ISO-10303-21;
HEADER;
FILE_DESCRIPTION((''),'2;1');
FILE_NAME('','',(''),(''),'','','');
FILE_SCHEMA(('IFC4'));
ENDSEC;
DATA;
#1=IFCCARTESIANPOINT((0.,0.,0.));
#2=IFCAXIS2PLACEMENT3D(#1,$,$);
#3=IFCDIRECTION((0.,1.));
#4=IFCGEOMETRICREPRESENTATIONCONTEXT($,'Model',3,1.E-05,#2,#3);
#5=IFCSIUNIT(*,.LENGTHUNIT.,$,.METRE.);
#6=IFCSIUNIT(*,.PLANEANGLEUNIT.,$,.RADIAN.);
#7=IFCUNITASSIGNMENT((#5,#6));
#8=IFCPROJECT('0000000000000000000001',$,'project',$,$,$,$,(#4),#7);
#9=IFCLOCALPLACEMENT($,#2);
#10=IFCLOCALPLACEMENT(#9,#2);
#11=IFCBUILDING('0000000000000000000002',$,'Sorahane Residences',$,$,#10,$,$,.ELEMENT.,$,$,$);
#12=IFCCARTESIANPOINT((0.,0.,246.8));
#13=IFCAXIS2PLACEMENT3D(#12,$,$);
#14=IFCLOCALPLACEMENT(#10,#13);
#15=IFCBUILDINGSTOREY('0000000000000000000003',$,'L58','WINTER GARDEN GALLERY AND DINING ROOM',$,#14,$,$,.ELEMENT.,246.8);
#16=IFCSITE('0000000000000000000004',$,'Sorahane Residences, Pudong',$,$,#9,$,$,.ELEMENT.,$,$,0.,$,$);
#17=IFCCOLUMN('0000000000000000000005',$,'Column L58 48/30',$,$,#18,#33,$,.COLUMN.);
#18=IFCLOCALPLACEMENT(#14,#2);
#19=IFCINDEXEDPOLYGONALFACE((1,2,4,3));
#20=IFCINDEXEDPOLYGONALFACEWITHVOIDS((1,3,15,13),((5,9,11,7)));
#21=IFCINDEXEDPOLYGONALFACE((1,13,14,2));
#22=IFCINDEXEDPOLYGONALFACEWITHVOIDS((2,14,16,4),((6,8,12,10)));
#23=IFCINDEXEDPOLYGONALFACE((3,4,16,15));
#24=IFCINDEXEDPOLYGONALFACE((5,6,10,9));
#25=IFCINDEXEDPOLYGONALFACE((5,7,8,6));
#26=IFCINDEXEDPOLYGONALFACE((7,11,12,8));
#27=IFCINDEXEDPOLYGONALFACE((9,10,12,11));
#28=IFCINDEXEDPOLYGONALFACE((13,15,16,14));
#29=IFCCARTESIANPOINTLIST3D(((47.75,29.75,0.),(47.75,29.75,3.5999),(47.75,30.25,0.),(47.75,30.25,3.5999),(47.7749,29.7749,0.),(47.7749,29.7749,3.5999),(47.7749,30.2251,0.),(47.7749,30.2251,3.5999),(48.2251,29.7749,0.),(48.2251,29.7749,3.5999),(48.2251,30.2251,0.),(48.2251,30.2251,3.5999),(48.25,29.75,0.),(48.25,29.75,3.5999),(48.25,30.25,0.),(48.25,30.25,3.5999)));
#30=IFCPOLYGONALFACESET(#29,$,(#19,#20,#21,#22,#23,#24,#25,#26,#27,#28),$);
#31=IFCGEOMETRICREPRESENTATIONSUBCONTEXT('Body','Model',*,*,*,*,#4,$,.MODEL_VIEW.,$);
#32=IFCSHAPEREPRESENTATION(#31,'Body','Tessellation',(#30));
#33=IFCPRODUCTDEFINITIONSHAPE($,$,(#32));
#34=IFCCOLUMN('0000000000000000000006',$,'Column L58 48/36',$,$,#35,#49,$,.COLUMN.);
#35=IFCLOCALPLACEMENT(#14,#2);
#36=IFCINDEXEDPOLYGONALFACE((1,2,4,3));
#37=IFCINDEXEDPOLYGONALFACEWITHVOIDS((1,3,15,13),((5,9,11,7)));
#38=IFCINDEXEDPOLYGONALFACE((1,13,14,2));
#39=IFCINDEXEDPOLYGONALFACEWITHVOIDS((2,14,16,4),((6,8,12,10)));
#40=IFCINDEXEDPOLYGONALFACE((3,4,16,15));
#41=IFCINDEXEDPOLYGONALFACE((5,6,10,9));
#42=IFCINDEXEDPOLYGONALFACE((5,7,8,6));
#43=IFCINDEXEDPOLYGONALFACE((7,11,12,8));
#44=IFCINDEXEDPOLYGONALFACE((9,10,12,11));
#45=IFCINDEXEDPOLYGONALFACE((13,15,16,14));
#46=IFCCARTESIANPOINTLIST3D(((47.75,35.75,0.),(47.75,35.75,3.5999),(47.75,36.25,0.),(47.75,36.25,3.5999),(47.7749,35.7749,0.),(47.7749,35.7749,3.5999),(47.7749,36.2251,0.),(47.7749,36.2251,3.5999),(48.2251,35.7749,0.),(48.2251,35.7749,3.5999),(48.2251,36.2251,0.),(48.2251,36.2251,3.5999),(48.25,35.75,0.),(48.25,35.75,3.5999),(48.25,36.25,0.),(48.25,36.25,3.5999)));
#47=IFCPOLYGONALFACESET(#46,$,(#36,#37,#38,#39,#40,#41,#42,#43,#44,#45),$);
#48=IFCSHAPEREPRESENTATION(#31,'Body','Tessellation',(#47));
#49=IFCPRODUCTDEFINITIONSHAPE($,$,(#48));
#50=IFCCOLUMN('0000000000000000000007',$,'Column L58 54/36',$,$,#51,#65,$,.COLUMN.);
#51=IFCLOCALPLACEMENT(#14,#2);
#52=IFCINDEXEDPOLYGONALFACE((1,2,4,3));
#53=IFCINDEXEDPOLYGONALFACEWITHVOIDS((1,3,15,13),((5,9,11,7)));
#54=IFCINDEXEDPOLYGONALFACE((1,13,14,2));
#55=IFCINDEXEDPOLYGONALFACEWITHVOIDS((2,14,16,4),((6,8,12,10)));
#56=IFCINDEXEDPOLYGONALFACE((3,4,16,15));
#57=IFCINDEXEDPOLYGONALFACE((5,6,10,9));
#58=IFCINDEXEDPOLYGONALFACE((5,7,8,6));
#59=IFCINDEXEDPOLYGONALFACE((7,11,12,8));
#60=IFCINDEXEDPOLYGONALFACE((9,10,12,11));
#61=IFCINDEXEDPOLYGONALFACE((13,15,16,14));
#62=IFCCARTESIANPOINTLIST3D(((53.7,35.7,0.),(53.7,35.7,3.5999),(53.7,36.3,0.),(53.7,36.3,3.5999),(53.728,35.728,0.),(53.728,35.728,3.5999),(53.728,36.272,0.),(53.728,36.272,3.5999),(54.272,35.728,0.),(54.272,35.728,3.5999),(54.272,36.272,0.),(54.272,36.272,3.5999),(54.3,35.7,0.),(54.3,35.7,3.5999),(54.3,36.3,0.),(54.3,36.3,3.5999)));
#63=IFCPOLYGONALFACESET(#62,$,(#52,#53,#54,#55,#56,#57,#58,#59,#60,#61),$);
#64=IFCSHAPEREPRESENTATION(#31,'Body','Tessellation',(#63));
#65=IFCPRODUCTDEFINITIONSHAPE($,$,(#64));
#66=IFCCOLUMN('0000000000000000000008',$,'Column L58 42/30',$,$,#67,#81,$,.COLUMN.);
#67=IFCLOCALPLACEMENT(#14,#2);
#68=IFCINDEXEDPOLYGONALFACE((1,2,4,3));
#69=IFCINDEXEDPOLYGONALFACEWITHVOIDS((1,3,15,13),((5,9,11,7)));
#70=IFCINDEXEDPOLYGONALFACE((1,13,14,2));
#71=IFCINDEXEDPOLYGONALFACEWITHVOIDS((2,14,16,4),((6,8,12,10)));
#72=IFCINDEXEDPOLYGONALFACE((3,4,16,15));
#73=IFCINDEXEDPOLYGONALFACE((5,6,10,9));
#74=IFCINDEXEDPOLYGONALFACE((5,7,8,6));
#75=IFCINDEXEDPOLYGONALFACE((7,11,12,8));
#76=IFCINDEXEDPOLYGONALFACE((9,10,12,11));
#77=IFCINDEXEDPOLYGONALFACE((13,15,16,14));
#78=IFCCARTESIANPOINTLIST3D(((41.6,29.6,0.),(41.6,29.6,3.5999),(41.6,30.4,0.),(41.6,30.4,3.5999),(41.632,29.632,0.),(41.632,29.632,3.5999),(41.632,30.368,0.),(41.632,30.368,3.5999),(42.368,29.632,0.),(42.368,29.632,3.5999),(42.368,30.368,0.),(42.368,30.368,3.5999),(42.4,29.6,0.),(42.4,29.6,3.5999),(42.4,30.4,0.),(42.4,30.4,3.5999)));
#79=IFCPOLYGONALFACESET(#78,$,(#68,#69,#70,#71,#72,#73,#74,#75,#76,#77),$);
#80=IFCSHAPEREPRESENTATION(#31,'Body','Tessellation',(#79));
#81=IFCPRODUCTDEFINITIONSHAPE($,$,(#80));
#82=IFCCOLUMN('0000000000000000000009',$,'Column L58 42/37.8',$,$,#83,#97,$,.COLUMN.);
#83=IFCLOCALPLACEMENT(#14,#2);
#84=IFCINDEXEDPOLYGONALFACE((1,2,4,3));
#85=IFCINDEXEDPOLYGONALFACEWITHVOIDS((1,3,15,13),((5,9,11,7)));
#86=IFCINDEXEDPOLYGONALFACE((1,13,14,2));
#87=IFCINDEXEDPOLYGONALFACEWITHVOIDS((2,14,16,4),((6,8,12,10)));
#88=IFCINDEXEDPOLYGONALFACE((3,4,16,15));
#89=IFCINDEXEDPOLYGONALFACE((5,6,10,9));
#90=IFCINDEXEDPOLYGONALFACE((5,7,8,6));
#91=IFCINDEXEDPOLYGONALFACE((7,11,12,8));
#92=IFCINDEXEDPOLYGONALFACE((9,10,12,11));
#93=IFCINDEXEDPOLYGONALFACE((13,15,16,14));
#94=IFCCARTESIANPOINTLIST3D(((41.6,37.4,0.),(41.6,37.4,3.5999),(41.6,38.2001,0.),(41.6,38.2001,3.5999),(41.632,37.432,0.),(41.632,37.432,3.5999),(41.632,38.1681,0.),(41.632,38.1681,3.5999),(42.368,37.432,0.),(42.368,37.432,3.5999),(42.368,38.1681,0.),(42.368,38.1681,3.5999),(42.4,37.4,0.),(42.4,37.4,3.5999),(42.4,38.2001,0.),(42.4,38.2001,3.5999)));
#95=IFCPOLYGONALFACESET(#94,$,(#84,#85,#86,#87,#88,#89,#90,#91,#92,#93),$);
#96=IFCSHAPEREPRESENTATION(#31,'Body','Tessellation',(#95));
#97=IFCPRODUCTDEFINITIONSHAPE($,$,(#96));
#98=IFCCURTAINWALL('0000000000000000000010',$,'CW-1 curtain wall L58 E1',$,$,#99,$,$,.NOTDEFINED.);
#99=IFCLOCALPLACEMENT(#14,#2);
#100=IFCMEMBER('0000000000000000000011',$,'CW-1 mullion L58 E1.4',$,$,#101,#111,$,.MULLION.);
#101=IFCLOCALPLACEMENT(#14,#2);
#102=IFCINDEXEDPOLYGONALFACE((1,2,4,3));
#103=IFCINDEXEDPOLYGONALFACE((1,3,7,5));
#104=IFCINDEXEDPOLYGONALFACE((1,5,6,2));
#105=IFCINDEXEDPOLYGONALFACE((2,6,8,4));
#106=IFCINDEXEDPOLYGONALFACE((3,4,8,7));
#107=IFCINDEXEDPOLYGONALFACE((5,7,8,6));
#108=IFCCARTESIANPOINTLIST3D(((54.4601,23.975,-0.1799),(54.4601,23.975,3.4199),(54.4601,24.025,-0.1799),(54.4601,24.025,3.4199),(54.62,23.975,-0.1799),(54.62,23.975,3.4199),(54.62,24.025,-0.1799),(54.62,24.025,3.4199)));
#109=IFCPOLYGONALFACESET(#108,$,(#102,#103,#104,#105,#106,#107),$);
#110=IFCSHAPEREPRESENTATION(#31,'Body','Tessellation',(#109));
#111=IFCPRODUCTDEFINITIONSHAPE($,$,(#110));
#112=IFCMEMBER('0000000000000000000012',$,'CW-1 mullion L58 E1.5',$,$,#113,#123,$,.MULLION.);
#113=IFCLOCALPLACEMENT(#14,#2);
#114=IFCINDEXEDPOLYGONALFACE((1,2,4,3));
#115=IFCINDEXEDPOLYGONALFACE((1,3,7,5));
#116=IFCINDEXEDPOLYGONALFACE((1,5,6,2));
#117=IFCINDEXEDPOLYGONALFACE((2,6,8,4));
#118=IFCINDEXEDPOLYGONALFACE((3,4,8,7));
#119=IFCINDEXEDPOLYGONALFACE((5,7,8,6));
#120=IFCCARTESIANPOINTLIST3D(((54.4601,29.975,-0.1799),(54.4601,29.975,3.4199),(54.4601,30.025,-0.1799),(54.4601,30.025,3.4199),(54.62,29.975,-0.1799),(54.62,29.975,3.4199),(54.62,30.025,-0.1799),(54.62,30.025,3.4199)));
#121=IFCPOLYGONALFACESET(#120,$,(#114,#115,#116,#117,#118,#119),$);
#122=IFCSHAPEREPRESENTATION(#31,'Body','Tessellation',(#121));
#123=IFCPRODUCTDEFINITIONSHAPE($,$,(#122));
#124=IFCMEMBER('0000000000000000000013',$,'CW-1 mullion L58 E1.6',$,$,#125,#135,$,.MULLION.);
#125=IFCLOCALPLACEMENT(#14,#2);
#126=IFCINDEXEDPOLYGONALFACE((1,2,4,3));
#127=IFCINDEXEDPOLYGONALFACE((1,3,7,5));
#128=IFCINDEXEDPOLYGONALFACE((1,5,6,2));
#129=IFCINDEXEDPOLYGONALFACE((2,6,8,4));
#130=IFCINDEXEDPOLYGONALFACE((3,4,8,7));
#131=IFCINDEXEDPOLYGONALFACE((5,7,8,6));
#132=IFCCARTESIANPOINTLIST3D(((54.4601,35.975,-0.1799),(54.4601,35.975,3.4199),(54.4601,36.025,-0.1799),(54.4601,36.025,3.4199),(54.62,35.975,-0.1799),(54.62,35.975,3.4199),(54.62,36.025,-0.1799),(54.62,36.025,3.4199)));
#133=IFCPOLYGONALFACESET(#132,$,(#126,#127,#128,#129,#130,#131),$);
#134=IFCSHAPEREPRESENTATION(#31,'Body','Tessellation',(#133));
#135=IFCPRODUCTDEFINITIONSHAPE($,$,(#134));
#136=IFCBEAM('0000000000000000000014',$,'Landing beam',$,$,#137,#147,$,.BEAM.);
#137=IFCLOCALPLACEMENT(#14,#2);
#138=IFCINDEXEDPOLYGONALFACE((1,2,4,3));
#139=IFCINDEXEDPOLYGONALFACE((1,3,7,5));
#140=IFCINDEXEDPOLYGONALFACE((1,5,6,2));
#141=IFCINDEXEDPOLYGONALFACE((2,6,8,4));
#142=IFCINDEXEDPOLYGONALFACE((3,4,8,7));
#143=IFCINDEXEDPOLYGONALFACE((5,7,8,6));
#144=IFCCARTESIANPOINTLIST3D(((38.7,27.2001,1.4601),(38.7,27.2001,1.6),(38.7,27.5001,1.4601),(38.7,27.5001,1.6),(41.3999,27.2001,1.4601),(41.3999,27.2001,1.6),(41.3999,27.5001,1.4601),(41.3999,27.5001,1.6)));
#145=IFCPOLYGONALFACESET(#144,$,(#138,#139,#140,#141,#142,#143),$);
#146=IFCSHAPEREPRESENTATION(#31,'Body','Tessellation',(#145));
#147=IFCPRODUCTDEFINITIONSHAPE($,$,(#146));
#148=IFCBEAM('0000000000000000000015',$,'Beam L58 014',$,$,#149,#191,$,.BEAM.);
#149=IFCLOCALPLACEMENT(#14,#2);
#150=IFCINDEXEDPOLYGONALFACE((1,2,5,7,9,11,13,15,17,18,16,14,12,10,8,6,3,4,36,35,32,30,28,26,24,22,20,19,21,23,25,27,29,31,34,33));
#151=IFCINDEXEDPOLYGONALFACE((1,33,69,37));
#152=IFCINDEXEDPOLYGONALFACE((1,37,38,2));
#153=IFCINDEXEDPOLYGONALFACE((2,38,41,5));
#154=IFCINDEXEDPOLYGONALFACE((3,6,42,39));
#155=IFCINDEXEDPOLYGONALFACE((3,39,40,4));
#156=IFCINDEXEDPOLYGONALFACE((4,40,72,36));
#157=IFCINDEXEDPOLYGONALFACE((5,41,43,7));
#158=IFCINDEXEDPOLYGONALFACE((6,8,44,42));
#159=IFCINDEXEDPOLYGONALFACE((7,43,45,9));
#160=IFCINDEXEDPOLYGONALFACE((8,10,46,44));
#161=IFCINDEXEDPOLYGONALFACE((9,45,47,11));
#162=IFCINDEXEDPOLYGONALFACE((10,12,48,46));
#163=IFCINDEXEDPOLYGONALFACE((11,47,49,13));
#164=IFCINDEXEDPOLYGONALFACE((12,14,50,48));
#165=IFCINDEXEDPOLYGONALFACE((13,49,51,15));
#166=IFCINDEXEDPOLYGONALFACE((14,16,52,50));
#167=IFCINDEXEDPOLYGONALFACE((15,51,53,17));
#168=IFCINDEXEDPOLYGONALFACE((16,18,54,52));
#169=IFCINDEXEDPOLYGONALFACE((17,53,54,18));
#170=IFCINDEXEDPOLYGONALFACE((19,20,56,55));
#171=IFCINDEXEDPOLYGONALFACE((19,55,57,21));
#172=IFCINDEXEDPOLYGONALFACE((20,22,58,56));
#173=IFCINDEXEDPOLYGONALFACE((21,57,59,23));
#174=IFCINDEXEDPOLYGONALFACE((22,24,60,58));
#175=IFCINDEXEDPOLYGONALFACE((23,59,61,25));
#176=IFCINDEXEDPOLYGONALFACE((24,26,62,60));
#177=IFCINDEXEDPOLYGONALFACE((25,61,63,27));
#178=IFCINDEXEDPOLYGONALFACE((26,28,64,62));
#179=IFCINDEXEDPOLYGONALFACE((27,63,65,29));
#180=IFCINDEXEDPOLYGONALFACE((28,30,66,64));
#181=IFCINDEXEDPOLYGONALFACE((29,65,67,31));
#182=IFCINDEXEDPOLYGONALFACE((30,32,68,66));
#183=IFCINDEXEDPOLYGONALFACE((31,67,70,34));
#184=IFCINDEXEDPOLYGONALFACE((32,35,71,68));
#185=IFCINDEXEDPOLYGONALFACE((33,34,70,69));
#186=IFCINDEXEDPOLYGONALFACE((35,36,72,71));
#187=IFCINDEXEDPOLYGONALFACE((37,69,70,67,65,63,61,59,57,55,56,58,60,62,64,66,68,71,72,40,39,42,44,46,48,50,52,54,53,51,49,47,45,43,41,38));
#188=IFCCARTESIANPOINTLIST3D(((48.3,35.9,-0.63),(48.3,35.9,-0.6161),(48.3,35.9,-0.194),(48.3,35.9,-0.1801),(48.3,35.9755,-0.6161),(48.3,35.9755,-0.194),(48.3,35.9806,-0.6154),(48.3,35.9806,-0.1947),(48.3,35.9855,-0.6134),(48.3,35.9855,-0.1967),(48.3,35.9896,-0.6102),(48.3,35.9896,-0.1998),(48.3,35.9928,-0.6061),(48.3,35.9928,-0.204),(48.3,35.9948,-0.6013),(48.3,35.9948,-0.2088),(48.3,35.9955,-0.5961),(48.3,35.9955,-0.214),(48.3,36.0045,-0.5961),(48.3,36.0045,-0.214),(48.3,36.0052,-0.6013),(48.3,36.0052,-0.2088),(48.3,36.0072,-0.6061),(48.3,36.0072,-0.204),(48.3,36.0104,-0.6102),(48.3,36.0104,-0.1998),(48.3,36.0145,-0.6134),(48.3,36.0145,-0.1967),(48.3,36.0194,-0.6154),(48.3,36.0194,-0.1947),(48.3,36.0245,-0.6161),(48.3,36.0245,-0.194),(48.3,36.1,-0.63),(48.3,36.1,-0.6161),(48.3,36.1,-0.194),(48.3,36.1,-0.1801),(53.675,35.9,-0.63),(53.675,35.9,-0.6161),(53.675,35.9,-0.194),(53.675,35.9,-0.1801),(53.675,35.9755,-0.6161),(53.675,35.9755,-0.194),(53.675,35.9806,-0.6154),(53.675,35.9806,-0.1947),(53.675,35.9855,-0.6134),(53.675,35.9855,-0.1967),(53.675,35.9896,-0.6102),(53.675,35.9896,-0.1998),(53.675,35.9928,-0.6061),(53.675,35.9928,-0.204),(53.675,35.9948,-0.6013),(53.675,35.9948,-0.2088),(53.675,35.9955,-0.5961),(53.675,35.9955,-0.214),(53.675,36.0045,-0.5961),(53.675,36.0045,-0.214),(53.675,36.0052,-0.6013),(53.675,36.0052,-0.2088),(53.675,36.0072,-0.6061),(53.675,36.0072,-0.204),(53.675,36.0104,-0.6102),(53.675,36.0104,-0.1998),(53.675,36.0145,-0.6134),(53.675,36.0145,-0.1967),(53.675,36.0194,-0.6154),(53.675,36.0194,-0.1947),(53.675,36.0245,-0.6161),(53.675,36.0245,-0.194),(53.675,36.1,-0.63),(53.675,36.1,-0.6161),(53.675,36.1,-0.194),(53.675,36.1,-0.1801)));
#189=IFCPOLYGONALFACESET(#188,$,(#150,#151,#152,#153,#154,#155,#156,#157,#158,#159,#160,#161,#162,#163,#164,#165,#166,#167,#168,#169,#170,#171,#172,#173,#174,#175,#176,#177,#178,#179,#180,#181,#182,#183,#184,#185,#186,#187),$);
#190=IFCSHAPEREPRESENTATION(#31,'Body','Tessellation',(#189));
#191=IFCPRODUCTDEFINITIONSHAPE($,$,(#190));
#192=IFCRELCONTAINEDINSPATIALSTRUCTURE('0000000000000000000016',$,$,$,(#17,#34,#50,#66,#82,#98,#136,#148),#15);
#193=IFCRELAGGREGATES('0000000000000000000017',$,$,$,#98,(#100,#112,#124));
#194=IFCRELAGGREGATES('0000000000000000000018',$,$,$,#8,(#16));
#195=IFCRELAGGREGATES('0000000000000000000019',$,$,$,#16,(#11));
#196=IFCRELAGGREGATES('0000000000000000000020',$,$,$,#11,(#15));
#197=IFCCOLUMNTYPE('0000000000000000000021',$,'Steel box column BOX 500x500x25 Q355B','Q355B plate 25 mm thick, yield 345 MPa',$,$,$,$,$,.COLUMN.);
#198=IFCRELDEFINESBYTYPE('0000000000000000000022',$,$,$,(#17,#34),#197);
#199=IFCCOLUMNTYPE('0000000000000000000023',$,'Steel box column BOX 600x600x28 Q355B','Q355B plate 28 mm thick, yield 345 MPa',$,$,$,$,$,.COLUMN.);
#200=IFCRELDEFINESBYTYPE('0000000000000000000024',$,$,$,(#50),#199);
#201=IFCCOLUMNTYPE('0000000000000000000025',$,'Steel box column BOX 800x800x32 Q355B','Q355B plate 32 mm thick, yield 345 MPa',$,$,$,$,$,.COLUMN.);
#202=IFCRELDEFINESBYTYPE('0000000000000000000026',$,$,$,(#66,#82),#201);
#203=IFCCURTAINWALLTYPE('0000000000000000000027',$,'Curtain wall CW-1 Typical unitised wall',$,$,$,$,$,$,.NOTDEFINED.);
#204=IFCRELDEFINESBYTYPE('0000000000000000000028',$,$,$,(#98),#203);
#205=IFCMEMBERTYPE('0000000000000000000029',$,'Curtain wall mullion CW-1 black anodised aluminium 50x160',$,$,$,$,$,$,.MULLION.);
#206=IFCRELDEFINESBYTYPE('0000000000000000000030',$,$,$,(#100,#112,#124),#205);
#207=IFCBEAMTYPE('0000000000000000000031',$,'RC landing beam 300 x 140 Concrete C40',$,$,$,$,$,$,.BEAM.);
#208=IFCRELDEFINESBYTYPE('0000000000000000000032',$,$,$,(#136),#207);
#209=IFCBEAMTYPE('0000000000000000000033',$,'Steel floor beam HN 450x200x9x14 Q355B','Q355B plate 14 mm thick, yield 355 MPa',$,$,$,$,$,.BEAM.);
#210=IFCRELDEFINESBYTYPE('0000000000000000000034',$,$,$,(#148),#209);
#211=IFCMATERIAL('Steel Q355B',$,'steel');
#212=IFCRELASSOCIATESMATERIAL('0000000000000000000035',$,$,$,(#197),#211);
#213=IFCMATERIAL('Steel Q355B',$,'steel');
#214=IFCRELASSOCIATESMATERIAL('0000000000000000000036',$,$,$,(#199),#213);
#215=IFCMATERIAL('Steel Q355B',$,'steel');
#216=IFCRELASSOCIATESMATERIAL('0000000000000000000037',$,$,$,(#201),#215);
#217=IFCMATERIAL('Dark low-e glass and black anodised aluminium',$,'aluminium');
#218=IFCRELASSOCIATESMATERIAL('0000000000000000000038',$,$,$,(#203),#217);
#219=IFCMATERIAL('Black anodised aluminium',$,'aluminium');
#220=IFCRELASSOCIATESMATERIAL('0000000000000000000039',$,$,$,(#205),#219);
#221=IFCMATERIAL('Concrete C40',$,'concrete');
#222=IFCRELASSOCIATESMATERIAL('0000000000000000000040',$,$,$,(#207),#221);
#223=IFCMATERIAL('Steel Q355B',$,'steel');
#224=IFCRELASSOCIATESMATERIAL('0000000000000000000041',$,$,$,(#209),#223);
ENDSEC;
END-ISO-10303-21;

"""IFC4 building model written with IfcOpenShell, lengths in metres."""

from ifc_helpers import new_model, si_unit, direction, frame, origin, origin_2d, place, context, subcontext, project, spatial, rectangle, hollow_rectangle, i_section, extrude, material, material_profile, profile_set, type_object, element, aggregate, save


model = new_model("IFC4")

# Units and contexts
model_context = context("Model", 3, precision=1e-05, world=origin(), true_north=direction((0.0, 1.0)))
body_context = subcontext(model_context, "Body", "Model", "MODEL_VIEW")
ifc_project = project(units=[si_unit("LENGTHUNIT", "METRE"), si_unit("PLANEANGLEUNIT", "RADIAN")], contexts=[model_context])

# Site, building, storey
site_placement = place(None, origin())
site = spatial("IfcSite", under=ifc_project, at=site_placement, Name="Sorahane Residences, Pudong", CompositionType="ELEMENT", RefElevation=0.0)
building_placement = place(site_placement, origin())
building = spatial("IfcBuilding", under=site, at=building_placement, Name="Sorahane Residences", CompositionType="ELEMENT")
storey_placement = place(building_placement, frame((0.0, 0.0, 246.8)))
storey = spatial("IfcBuildingStorey", under=building, at=storey_placement, Name="L58", Description="WINTER GARDEN GALLERY AND DINING ROOM", CompositionType="ELEMENT", Elevation=246.8)

# Columns
ifc_material_1 = material(Name="Steel Q355B", Category="steel")
ifc_material_profile_1 = material_profile(ifc_material_1, hollow_rectangle(XDim=0.5, YDim=0.5, WallThickness=0.0249, at=origin_2d()), Name="BOX 500x500x25")
ifc_profile_set_1 = profile_set([ifc_material_profile_1], Name="Steel Q355B")
column_type_1 = type_object("IfcColumnType", Name="Steel box column BOX 500x500x25 Q355B", Description="Q355B plate 25 mm thick, yield 345 MPa", PredefinedType="COLUMN", material=ifc_profile_set_1)
for number, where, z_axis, x_axis, name in (
    (1, (48.0, 30.0, 0.0), (0.0, 0.0, 1.0), (1.0, 0.0, 0.0), "Column L58 48/30"),
    (2, (48.0, 36.0, 0.0), (0.0, 0.0, 1.0), (1.0, 0.0, 0.0), "Column L58 48/36"),
):
    element("IfcColumn", number, at=place(storey_placement, frame(where, z_axis=z_axis, x_axis=x_axis)), inside=storey, type_object=column_type_1, Name=name, PredefinedType="COLUMN", context=body_context, shape_type="SweptSolid", body=[
        extrude(hollow_rectangle(XDim=0.5, YDim=0.5, WallThickness=0.0249, at=origin_2d()), origin(), (0.0, 0.0, 1.0), 3.5999),
    ])
ifc_material_2 = material(Name="Steel Q355B", Category="steel")
ifc_material_profile_2 = material_profile(ifc_material_2, hollow_rectangle(XDim=0.6001, YDim=0.6001, WallThickness=0.0281, at=origin_2d()), Name="BOX 600x600x28")
ifc_profile_set_2 = profile_set([ifc_material_profile_2], Name="Steel Q355B")
column_type_2 = type_object("IfcColumnType", Name="Steel box column BOX 600x600x28 Q355B", Description="Q355B plate 28 mm thick, yield 345 MPa", PredefinedType="COLUMN", material=ifc_profile_set_2)
column_placement = place(storey_placement, frame((54.0, 36.0, 0.0), z_axis=(0.0, 0.0, 1.0), x_axis=(1.0, 0.0, 0.0)))
element("IfcColumn", 3, at=column_placement, inside=storey, type_object=column_type_2, Name="Column L58 54/36", PredefinedType="COLUMN", context=body_context, shape_type="SweptSolid", body=[
    extrude(hollow_rectangle(XDim=0.6001, YDim=0.6001, WallThickness=0.0281, at=origin_2d()), origin(), (0.0, 0.0, 1.0), 3.5999),
])
ifc_material_3 = material(Name="Steel Q355B", Category="steel")
ifc_material_profile_3 = material_profile(ifc_material_3, hollow_rectangle(XDim=0.8, YDim=0.8, WallThickness=0.032, at=origin_2d()), Name="BOX 800x800x32")
ifc_profile_set_3 = profile_set([ifc_material_profile_3], Name="Steel Q355B")
column_type_3 = type_object("IfcColumnType", Name="Steel box column BOX 800x800x32 Q355B", Description="Q355B plate 32 mm thick, yield 345 MPa", PredefinedType="COLUMN", material=ifc_profile_set_3)
for number, where, z_axis, x_axis, name in (
    (4, (42.0, 30.0, 0.0), (0.0, 0.0, 1.0), (1.0, 0.0, 0.0), "Column L58 42/30"),
    (5, (42.0, 37.8, 0.0), (0.0, 0.0, 1.0), (1.0, 0.0, 0.0), "Column L58 42/37.8"),
):
    element("IfcColumn", number, at=place(storey_placement, frame(where, z_axis=z_axis, x_axis=x_axis)), inside=storey, type_object=column_type_3, Name=name, PredefinedType="COLUMN", context=body_context, shape_type="SweptSolid", body=[
        extrude(hollow_rectangle(XDim=0.8, YDim=0.8, WallThickness=0.032, at=origin_2d()), origin(), (0.0, 0.0, 1.0), 3.5999),
    ])

# Curtain wall, members
ifc_material_4 = material(Name="Dark low-e glass and black anodised aluminium", Category="aluminium")
curtain_wall_type = type_object("IfcCurtainWallType", Name="Curtain wall CW-1 Typical unitised wall", PredefinedType="NOTDEFINED", material=ifc_material_4)
curtain_wall_placement = place(storey_placement, origin())
curtain_wall = element("IfcCurtainWall", 6, at=curtain_wall_placement, inside=storey, type_object=curtain_wall_type, Name="CW-1 curtain wall L58 E1", PredefinedType="NOTDEFINED")
ifc_material_5 = material(Name="Black anodised aluminium", Category="aluminium")
ifc_material_profile_4 = material_profile(ifc_material_5, rectangle(XDim=0.1599, YDim=0.05, at=origin_2d()), Name="Curtain wall mullion CW-1 black anodised aluminium 50x160")
ifc_profile_set_4 = profile_set([ifc_material_profile_4], Name="Black anodised aluminium")
member_type = type_object("IfcMemberType", Name="Curtain wall mullion CW-1 black anodised aluminium 50x160", PredefinedType="MULLION", material=ifc_profile_set_4)
member_1_placement = place(storey_placement, frame((54.54, 24.0, -0.1799), z_axis=(0.0, 0.0, 1.0), x_axis=(1.0, 0.0, 0.0)))
member_1 = element("IfcMember", 7, at=member_1_placement, type_object=member_type, Name="CW-1 mullion L58 E1.4", PredefinedType="MULLION", context=body_context, shape_type="SweptSolid", body=[
    extrude(rectangle(XDim=0.1599, YDim=0.05, at=origin_2d()), origin(), (0.0, 0.0, 1.0), 3.5999),
])
member_2_placement = place(storey_placement, frame((54.54, 30.0, -0.1799), z_axis=(0.0, 0.0, 1.0), x_axis=(1.0, 0.0, 0.0)))
member_2 = element("IfcMember", 8, at=member_2_placement, type_object=member_type, Name="CW-1 mullion L58 E1.5", PredefinedType="MULLION", context=body_context, shape_type="SweptSolid", body=[
    extrude(rectangle(XDim=0.1599, YDim=0.05, at=origin_2d()), origin(), (0.0, 0.0, 1.0), 3.5999),
])
member_3_placement = place(storey_placement, frame((54.54, 36.0, -0.1799), z_axis=(0.0, 0.0, 1.0), x_axis=(1.0, 0.0, 0.0)))
member_3 = element("IfcMember", 9, at=member_3_placement, type_object=member_type, Name="CW-1 mullion L58 E1.6", PredefinedType="MULLION", context=body_context, shape_type="SweptSolid", body=[
    extrude(rectangle(XDim=0.1599, YDim=0.05, at=origin_2d()), origin(), (0.0, 0.0, 1.0), 3.5999),
])

# Beams
ifc_material_6 = material(Name="Concrete C40", Category="concrete")
ifc_material_profile_5 = material_profile(ifc_material_6, rectangle(XDim=0.3, YDim=0.1399, at=origin_2d()), Name="300x140")
ifc_profile_set_5 = profile_set([ifc_material_profile_5], Name="Concrete C40")
beam_type_1 = type_object("IfcBeamType", Name="RC landing beam 300 x 140 Concrete C40", PredefinedType="BEAM", material=ifc_profile_set_5)
beam_1_placement = place(storey_placement, frame((38.7, 27.3501, 1.53), z_axis=(1.0, 0.0, 0.0), x_axis=(0.0, 1.0, 0.0)))
element("IfcBeam", 10, at=beam_1_placement, inside=storey, type_object=beam_type_1, Name="Landing beam", PredefinedType="BEAM", context=body_context, shape_type="SweptSolid", body=[
    extrude(rectangle(XDim=0.3, YDim=0.1399, at=origin_2d()), origin(), (0.0, 0.0, 1.0), 2.7),
])
ifc_material_7 = material(Name="Steel Q355B", Category="steel")
ifc_material_profile_6 = material_profile(ifc_material_7, i_section(OverallWidth=0.2, OverallDepth=0.45, WebThickness=0.009, FlangeThickness=0.0139, FilletRadius=0.02, at=origin_2d()), Name="HN 450x200x9x14")
ifc_profile_set_6 = profile_set([ifc_material_profile_6], Name="Steel Q355B")
beam_type_2 = type_object("IfcBeamType", Name="Steel floor beam HN 450x200x9x14 Q355B", Description="Q355B plate 14 mm thick, yield 355 MPa", PredefinedType="BEAM", material=ifc_profile_set_6)
beam_2_placement = place(storey_placement, frame((48.3, 36.0, -0.405), z_axis=(1.0, 0.0, 0.0), x_axis=(0.0, 1.0, 0.0)))
element("IfcBeam", 11, at=beam_2_placement, inside=storey, type_object=beam_type_2, Name="Beam L58 014", PredefinedType="BEAM", context=body_context, shape_type="SweptSolid", body=[
    extrude(i_section(OverallWidth=0.2, OverallDepth=0.45, WebThickness=0.009, FlangeThickness=0.0139, FilletRadius=0.02, at=origin_2d()), origin(), (0.0, 0.0, 1.0), 5.375),
])

aggregate(curtain_wall, [member_1, member_2, member_3])

save(model, "model.ifc")
